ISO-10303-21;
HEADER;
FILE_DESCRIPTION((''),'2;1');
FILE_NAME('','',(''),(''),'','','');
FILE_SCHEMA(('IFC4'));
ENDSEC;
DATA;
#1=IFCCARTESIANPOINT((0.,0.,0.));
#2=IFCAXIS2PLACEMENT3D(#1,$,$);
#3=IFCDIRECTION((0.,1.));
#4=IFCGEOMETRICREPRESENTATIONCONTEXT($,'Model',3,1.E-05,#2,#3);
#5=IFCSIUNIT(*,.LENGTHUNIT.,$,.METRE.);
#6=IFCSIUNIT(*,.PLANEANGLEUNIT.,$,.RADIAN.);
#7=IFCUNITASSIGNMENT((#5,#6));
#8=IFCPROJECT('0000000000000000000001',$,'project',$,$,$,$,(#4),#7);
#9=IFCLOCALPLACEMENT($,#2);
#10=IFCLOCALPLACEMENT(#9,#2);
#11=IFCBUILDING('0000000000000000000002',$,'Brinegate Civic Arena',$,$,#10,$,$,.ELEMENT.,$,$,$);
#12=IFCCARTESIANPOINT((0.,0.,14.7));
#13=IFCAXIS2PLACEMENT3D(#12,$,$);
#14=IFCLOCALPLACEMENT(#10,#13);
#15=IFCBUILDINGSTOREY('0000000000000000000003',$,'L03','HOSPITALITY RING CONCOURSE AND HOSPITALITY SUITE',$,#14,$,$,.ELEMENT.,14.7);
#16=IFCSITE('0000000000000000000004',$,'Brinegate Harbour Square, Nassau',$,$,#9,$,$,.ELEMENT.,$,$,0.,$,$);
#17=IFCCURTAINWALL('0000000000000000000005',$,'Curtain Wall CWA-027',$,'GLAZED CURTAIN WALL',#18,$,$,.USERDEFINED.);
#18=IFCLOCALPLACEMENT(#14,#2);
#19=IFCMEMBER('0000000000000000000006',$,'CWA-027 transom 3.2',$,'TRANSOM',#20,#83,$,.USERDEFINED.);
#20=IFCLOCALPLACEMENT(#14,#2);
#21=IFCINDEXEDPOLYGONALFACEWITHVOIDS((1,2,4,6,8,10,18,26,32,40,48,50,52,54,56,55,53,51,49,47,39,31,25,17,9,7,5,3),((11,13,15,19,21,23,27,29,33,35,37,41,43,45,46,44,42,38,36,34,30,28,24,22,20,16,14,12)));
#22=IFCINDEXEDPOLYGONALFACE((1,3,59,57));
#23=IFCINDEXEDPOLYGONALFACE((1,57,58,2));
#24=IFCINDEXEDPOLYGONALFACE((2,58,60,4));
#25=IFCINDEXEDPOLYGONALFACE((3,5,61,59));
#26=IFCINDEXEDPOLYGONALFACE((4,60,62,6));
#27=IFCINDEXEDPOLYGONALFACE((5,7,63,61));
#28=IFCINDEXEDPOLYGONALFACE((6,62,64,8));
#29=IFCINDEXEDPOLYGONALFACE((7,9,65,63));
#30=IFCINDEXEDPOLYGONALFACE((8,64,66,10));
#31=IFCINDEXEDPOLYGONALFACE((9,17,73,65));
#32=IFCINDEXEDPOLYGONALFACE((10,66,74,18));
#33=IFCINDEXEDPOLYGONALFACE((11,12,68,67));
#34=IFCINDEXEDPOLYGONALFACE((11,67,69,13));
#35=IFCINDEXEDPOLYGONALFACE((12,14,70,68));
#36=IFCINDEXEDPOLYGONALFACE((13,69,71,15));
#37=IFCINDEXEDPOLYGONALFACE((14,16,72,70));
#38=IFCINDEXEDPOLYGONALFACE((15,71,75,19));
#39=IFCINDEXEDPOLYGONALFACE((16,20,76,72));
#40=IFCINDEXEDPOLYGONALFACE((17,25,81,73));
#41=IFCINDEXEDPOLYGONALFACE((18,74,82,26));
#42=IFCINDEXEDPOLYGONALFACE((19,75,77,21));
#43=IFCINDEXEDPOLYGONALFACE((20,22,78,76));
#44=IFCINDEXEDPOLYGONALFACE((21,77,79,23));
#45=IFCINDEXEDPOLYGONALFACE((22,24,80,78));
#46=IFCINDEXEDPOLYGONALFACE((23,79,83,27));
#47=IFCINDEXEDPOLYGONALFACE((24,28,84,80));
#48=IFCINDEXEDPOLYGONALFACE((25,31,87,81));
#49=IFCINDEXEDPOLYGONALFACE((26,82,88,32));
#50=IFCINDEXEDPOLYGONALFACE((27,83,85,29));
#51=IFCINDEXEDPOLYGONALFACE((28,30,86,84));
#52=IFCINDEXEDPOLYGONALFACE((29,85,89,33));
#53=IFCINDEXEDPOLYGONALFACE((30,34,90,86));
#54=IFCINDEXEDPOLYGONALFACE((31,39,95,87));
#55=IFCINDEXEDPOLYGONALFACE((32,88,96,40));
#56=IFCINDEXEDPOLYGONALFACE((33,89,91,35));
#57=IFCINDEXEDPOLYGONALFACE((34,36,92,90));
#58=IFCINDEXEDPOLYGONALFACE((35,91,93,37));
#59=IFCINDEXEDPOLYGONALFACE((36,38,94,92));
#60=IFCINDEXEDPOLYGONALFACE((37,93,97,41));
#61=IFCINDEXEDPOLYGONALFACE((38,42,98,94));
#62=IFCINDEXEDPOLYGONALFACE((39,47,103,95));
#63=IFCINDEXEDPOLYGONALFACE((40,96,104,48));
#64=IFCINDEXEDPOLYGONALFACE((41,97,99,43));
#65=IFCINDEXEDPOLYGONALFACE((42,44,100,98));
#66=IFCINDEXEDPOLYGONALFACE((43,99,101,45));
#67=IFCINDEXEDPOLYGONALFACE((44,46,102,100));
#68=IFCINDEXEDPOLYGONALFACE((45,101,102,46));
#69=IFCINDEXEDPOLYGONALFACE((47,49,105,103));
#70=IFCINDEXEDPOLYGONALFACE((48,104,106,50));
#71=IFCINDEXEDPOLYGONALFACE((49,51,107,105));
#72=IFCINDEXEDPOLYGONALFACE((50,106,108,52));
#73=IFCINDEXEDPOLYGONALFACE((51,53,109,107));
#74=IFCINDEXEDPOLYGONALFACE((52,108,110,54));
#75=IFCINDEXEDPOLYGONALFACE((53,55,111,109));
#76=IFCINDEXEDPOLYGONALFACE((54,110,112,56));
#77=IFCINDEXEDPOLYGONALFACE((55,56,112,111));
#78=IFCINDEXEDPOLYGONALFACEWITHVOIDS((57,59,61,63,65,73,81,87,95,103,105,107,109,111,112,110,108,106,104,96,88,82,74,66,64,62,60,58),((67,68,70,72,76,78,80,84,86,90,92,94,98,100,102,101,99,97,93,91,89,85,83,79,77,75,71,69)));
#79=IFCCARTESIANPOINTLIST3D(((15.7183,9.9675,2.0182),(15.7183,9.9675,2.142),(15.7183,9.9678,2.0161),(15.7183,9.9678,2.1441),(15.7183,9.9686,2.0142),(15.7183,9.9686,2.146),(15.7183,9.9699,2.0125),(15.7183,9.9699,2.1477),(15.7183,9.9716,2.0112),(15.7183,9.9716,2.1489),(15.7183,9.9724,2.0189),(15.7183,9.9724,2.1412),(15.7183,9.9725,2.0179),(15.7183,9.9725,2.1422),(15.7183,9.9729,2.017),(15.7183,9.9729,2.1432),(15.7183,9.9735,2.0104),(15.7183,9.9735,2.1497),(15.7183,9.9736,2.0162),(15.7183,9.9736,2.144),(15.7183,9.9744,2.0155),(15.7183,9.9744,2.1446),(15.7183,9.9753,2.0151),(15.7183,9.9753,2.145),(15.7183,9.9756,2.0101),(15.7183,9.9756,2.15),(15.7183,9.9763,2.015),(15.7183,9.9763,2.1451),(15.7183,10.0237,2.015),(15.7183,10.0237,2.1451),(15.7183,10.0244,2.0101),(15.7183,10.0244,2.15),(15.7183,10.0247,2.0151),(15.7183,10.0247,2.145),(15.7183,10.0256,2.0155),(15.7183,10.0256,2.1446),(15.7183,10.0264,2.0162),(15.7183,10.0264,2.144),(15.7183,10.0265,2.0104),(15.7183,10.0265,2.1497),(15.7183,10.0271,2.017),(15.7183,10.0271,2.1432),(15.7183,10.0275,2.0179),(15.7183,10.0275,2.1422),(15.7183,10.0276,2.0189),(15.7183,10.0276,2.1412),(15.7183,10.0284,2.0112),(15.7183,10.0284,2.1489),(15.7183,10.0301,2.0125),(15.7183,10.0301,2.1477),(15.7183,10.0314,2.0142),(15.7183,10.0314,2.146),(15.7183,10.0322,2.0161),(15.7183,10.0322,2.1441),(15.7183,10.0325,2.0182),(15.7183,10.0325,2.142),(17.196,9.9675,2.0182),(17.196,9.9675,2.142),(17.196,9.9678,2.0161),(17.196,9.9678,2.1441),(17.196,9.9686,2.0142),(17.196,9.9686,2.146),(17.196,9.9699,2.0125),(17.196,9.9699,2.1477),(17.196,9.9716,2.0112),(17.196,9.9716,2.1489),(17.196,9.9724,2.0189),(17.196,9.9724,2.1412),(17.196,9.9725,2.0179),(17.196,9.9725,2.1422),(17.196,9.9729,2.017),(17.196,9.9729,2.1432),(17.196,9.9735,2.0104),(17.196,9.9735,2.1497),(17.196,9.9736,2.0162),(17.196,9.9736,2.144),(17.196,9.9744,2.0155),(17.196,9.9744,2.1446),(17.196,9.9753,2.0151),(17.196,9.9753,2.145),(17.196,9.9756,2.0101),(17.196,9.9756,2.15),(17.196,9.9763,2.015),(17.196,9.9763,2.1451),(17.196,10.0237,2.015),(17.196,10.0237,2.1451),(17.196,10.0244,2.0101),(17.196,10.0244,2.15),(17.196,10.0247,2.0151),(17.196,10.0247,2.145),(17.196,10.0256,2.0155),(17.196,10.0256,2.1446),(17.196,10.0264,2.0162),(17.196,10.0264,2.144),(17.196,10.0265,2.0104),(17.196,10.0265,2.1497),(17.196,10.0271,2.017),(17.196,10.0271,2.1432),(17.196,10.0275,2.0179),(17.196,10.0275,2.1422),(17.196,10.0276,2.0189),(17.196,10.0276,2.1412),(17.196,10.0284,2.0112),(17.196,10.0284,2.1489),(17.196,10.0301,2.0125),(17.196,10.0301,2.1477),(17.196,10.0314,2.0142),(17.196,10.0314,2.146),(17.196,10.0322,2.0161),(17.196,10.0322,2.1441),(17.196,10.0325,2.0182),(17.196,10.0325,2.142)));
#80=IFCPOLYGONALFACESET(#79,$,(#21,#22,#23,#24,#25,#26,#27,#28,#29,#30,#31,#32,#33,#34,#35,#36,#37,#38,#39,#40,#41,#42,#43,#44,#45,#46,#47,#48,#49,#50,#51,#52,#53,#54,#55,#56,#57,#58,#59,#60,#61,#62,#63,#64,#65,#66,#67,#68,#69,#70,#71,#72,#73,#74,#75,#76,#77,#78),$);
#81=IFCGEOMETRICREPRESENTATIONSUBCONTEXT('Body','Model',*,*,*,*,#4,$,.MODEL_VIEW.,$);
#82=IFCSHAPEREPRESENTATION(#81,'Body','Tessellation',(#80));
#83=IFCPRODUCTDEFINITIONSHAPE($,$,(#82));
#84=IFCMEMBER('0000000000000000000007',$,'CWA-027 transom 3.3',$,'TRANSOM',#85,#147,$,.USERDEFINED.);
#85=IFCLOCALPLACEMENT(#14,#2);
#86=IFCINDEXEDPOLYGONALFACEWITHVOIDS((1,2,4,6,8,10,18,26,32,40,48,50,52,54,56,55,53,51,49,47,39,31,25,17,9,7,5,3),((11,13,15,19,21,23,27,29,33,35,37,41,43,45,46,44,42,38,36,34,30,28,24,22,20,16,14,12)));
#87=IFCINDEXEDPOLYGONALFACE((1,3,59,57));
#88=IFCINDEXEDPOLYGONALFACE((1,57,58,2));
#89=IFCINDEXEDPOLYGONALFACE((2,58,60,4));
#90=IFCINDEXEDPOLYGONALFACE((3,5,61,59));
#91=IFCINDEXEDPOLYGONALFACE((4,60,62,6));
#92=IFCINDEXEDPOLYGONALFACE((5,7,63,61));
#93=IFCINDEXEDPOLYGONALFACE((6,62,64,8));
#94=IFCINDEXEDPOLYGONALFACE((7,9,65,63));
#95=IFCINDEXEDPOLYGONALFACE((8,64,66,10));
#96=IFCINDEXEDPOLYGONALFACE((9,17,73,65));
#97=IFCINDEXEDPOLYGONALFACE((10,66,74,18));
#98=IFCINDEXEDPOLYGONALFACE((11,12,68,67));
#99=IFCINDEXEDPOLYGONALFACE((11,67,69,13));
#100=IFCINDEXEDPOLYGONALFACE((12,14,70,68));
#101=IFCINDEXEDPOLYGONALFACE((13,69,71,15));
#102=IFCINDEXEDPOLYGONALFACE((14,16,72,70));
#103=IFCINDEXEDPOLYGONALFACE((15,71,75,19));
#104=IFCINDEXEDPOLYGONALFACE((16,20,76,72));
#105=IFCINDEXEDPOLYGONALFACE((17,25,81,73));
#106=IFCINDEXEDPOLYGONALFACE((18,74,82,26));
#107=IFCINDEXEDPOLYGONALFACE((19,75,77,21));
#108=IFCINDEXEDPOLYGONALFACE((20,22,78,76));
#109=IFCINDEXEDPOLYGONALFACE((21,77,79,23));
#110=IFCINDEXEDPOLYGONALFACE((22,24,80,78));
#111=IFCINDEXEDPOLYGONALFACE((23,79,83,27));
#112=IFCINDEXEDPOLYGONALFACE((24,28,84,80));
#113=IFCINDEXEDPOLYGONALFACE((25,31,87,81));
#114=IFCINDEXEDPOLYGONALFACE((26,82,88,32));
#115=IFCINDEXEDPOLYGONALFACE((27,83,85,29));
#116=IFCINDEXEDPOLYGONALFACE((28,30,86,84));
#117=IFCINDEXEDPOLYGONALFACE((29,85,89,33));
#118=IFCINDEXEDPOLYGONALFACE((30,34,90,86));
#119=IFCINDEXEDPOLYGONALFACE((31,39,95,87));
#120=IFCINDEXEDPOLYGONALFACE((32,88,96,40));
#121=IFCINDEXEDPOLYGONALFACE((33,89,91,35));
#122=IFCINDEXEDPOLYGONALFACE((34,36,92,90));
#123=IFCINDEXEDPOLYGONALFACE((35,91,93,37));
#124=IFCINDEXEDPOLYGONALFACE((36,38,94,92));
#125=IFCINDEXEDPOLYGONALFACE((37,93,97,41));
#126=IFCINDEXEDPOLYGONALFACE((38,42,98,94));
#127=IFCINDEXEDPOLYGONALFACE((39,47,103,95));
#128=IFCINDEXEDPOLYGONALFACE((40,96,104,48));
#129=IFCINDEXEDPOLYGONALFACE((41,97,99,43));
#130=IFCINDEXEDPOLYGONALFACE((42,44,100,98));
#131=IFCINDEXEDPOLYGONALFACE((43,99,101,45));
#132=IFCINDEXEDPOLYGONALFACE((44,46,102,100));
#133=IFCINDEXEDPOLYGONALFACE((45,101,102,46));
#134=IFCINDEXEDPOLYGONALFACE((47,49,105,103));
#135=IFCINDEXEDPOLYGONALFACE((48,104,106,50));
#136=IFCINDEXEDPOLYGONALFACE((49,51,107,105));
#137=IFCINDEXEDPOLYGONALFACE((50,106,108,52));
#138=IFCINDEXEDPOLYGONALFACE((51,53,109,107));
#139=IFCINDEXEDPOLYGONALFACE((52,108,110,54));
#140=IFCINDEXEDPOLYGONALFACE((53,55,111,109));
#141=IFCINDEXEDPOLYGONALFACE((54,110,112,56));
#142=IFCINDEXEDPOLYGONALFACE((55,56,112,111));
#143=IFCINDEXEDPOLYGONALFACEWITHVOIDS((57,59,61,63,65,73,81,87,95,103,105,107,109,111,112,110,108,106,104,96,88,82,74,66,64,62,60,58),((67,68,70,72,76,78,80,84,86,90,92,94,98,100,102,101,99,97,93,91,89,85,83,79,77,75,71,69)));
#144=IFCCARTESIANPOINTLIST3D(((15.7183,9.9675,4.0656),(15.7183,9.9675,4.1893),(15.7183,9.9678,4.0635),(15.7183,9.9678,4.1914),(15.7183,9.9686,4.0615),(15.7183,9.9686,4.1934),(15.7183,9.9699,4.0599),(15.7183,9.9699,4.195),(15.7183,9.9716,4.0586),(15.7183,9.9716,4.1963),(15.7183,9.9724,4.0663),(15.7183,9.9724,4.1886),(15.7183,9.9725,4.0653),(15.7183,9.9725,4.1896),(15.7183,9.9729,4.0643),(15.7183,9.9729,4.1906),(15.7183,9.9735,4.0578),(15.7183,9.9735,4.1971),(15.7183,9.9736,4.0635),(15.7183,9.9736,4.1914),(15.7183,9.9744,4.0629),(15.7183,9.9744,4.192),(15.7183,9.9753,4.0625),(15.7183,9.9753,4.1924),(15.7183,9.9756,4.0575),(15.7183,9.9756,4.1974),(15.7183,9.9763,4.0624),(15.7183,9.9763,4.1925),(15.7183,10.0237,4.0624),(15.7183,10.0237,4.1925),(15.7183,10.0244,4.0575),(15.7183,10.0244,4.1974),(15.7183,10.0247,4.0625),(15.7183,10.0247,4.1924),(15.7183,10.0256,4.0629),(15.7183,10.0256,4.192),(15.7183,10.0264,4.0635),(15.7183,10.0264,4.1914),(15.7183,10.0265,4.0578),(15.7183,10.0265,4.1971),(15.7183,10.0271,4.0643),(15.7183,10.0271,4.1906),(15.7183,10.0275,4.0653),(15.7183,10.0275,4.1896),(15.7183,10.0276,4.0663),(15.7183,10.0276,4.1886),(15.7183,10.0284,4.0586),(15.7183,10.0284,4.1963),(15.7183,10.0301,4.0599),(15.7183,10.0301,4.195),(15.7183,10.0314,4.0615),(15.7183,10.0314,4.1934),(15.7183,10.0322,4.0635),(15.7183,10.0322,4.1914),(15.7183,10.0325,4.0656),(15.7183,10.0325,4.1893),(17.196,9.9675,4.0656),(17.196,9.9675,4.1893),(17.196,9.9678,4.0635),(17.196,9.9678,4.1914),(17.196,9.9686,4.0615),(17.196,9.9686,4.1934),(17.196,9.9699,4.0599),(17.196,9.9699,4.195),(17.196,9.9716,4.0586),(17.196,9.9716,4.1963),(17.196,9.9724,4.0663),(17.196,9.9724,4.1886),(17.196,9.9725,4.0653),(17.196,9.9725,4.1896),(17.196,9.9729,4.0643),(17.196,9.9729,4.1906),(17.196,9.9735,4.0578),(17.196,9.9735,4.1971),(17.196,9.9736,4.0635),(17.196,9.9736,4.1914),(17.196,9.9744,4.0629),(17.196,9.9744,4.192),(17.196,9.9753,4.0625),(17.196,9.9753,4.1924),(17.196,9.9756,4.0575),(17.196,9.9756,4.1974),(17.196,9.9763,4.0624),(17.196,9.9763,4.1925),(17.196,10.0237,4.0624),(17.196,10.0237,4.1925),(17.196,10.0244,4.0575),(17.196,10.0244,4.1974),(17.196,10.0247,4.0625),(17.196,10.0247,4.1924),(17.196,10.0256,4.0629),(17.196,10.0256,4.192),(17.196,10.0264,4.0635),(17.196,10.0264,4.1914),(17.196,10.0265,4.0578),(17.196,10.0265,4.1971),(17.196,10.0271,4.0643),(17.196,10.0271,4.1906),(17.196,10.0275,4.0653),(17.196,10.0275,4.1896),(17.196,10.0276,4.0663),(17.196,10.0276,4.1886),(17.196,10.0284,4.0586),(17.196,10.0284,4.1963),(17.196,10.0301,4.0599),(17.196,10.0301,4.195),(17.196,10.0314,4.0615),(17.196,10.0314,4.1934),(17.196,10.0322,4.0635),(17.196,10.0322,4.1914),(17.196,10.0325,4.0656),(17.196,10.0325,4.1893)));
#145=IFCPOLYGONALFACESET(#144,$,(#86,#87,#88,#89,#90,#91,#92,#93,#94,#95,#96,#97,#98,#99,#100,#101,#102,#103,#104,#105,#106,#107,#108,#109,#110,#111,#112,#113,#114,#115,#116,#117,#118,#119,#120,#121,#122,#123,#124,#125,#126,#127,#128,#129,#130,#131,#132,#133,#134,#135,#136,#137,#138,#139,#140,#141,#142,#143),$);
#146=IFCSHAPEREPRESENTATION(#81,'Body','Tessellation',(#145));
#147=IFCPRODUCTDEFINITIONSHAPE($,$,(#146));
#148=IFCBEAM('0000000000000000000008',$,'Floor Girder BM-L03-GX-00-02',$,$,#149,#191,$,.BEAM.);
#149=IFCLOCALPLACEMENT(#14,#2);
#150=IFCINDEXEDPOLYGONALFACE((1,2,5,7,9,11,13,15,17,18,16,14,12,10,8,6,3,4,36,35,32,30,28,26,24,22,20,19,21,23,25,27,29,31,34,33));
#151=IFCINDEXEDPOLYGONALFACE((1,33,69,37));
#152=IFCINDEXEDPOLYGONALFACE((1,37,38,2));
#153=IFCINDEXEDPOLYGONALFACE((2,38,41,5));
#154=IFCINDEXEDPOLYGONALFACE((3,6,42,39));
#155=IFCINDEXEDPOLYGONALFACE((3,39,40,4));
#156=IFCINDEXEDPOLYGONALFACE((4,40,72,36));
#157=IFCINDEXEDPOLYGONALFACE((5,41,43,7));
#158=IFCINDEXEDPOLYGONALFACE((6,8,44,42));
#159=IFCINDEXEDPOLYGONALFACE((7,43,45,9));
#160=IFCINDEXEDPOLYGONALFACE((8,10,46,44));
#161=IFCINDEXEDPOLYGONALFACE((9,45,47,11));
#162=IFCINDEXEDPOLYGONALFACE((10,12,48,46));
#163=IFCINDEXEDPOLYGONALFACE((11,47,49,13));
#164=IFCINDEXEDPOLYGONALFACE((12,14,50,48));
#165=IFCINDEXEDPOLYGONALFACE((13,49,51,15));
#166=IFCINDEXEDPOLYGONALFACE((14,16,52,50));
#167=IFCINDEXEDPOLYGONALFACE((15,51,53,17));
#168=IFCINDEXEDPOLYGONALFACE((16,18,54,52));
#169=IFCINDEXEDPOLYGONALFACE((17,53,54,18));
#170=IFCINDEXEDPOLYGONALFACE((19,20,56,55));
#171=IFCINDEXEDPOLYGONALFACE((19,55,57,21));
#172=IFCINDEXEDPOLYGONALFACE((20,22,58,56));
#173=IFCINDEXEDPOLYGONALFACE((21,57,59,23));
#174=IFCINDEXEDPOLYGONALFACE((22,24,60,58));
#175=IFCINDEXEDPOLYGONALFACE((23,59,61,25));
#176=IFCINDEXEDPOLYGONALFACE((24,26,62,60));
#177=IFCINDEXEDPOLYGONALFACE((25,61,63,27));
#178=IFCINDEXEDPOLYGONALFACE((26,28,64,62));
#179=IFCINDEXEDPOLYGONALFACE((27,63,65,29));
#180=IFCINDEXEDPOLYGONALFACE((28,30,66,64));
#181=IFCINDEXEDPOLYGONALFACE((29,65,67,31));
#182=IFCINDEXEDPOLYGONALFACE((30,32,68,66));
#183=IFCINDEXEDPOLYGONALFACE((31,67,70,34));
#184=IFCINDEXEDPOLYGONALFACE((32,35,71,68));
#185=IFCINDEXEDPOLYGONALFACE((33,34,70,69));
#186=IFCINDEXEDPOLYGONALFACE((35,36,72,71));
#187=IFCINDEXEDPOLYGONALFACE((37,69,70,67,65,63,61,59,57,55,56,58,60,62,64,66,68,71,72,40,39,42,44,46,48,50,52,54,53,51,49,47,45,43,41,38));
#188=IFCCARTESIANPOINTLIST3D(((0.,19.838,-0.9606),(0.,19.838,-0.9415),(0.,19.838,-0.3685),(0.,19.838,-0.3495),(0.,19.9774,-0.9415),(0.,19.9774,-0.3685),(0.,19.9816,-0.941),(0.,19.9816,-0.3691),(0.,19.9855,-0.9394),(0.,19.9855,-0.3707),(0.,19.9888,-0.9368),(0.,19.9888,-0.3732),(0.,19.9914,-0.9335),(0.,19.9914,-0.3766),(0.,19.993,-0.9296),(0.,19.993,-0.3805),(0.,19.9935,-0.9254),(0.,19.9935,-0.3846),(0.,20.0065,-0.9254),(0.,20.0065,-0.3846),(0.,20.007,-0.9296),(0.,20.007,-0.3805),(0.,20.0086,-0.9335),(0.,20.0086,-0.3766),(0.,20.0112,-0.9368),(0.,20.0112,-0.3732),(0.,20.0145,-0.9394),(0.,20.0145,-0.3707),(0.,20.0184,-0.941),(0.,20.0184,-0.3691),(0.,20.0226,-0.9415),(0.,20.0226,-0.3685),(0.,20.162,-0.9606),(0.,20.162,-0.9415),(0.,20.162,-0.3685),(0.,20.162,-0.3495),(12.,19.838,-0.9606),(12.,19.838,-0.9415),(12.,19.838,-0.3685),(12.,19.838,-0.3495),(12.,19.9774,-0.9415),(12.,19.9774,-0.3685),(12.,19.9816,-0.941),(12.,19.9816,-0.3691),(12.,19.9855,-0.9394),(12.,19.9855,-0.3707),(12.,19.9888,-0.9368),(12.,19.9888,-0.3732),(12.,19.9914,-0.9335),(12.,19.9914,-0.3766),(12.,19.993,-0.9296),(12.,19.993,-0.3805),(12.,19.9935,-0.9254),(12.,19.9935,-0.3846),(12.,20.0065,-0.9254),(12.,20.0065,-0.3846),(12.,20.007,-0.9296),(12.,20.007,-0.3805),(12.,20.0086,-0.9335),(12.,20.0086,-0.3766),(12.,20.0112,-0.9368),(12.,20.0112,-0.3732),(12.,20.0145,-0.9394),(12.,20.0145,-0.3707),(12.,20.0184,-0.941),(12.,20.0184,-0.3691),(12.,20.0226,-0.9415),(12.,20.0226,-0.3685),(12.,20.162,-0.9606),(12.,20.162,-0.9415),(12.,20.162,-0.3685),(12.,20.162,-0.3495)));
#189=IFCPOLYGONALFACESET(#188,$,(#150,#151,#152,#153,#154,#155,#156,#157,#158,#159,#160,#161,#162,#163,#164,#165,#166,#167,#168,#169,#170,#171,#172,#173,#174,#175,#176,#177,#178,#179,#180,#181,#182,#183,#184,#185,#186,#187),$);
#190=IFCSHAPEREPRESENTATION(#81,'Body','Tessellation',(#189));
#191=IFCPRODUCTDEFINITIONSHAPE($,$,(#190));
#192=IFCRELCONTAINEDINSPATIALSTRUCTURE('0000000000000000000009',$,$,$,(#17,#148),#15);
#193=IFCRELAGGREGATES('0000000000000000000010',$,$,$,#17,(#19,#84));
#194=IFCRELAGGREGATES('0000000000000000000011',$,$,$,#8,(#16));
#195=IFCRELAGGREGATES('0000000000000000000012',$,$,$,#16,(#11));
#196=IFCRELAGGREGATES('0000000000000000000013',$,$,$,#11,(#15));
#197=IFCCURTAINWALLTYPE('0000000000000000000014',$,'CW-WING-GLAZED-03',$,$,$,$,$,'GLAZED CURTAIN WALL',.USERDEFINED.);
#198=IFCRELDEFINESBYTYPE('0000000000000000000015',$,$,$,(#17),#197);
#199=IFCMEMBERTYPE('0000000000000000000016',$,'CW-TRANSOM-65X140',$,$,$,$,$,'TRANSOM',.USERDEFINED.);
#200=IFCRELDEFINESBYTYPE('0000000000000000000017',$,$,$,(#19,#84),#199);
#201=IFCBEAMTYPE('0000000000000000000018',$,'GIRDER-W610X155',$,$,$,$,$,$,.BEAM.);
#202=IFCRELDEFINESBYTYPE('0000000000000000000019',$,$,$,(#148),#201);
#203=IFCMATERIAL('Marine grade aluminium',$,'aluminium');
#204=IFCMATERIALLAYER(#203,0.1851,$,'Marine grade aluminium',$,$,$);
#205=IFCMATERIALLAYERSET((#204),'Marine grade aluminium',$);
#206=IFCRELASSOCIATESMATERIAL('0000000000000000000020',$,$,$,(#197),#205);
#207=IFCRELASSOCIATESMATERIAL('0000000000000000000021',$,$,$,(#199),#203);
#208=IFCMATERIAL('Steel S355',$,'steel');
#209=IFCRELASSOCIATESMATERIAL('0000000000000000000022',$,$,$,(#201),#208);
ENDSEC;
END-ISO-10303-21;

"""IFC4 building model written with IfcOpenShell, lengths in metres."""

from ifc_helpers import new_model, si_unit, direction, frame, origin, origin_2d, place, context, subcontext, project, spatial, hollow_rectangle, i_section, extrude, material, layer, layer_set, material_profile, profile_set, type_object, element, aggregate, save


model = new_model("IFC4")

# Units and contexts
model_context = context("Model", 3, precision=1e-05, world=origin(), true_north=direction((0.0, 1.0)))
body_context = subcontext(model_context, "Body", "Model", "MODEL_VIEW")
ifc_project = project(units=[si_unit("LENGTHUNIT", "METRE"), si_unit("PLANEANGLEUNIT", "RADIAN")], contexts=[model_context])

# Site, building, storey
site_placement = place(None, origin())
site = spatial("IfcSite", under=ifc_project, at=site_placement, Name="Brinegate Harbour Square, Nassau", CompositionType="ELEMENT", RefElevation=0.0)
building_placement = place(site_placement, origin())
building = spatial("IfcBuilding", under=site, at=building_placement, Name="Brinegate Civic Arena", CompositionType="ELEMENT")
storey_placement = place(building_placement, frame((0.0, 0.0, 14.7)))
storey = spatial("IfcBuildingStorey", under=building, at=storey_placement, Name="L03", Description="HOSPITALITY RING CONCOURSE AND HOSPITALITY SUITE", CompositionType="ELEMENT", Elevation=14.7)

# Curtain wall, members
ifc_material_1 = material(Name="Marine grade aluminium", Category="aluminium")
ifc_layer_1 = layer(ifc_material_1, 0.1851, Name="Marine grade aluminium")
ifc_layer_set_1 = layer_set([ifc_layer_1], Name="Marine grade aluminium")
curtain_wall_type = type_object("IfcCurtainWallType", Name="CW-WING-GLAZED-03", ElementType="GLAZED CURTAIN WALL", PredefinedType="USERDEFINED", material=ifc_layer_set_1)
curtain_wall_placement = place(storey_placement, origin())
curtain_wall = element("IfcCurtainWall", 1, at=curtain_wall_placement, inside=storey, type_object=curtain_wall_type, Name="Curtain Wall CWA-027", ObjectType="GLAZED CURTAIN WALL", PredefinedType="USERDEFINED")
ifc_material_profile_1 = material_profile(ifc_material_1, hollow_rectangle(XDim=0.0649, YDim=0.1399, WallThickness=0.0049, InnerFilletRadius=0.0039, OuterFilletRadius=0.0081, at=origin_2d()), Name="TRN65X140")
ifc_profile_set_1 = profile_set([ifc_material_profile_1], Name="Marine grade aluminium")
member_type_1 = type_object("IfcMemberType", Name="CW-TRANSOM-65X140", ElementType="TRANSOM", PredefinedType="USERDEFINED", material=ifc_profile_set_1)
member_1_placement = place(storey_placement, frame((15.7183, 10.0, 2.0801), z_axis=(1.0, 0.0, 0.0), x_axis=(0.0, 1.0, 0.0)))
member_1 = element("IfcMember", 2, at=member_1_placement, type_object=member_type_1, Name="CWA-027 transom 3.2", ObjectType="TRANSOM", PredefinedType="USERDEFINED", context=body_context, shape_type="SweptSolid", body=[
    extrude(hollow_rectangle(XDim=0.0649, YDim=0.1399, WallThickness=0.0049, InnerFilletRadius=0.0039, OuterFilletRadius=0.0081, at=origin_2d()), origin(), (0.0, 0.0, 1.0), 1.4778),
])
member_2_placement = place(storey_placement, frame((15.7183, 10.0, 4.1274), z_axis=(1.0, 0.0, 0.0), x_axis=(0.0, 1.0, 0.0)))
member_2 = element("IfcMember", 3, at=member_2_placement, type_object=member_type_1, Name="CWA-027 transom 3.3", ObjectType="TRANSOM", PredefinedType="USERDEFINED", context=body_context, shape_type="SweptSolid", body=[
    extrude(hollow_rectangle(XDim=0.0649, YDim=0.1399, WallThickness=0.0049, InnerFilletRadius=0.0039, OuterFilletRadius=0.0081, at=origin_2d()), origin(), (0.0, 0.0, 1.0), 1.4778),
])

# Beam
ifc_material_2 = material(Name="Steel S355", Category="steel")
ifc_material_profile_2 = material_profile(ifc_material_2, i_section(OverallWidth=0.324, OverallDepth=0.6111, WebThickness=0.0129, FlangeThickness=0.019, FilletRadius=0.0161, at=origin_2d()), Name="W610X155")
ifc_profile_set_2 = profile_set([ifc_material_profile_2], Name="Steel S355")
beam_type_1 = type_object("IfcBeamType", Name="GIRDER-W610X155", PredefinedType="BEAM", material=ifc_profile_set_2)
beam_1_placement = place(storey_placement, frame((0.0, 20.0, -0.655), z_axis=(1.0, 0.0, 0.0), x_axis=(0.0, 1.0, 0.0)))
element("IfcBeam", 4, at=beam_1_placement, inside=storey, type_object=beam_type_1, Name="Floor Girder BM-L03-GX-00-02", PredefinedType="BEAM", context=body_context, shape_type="SweptSolid", body=[
    extrude(i_section(OverallWidth=0.324, OverallDepth=0.6111, WebThickness=0.0129, FlangeThickness=0.019, FilletRadius=0.0161, at=origin_2d()), origin(), (0.0, 0.0, 1.0), 12.0),
])

aggregate(curtain_wall, [member_1, member_2])

save(model, "model.ifc")
